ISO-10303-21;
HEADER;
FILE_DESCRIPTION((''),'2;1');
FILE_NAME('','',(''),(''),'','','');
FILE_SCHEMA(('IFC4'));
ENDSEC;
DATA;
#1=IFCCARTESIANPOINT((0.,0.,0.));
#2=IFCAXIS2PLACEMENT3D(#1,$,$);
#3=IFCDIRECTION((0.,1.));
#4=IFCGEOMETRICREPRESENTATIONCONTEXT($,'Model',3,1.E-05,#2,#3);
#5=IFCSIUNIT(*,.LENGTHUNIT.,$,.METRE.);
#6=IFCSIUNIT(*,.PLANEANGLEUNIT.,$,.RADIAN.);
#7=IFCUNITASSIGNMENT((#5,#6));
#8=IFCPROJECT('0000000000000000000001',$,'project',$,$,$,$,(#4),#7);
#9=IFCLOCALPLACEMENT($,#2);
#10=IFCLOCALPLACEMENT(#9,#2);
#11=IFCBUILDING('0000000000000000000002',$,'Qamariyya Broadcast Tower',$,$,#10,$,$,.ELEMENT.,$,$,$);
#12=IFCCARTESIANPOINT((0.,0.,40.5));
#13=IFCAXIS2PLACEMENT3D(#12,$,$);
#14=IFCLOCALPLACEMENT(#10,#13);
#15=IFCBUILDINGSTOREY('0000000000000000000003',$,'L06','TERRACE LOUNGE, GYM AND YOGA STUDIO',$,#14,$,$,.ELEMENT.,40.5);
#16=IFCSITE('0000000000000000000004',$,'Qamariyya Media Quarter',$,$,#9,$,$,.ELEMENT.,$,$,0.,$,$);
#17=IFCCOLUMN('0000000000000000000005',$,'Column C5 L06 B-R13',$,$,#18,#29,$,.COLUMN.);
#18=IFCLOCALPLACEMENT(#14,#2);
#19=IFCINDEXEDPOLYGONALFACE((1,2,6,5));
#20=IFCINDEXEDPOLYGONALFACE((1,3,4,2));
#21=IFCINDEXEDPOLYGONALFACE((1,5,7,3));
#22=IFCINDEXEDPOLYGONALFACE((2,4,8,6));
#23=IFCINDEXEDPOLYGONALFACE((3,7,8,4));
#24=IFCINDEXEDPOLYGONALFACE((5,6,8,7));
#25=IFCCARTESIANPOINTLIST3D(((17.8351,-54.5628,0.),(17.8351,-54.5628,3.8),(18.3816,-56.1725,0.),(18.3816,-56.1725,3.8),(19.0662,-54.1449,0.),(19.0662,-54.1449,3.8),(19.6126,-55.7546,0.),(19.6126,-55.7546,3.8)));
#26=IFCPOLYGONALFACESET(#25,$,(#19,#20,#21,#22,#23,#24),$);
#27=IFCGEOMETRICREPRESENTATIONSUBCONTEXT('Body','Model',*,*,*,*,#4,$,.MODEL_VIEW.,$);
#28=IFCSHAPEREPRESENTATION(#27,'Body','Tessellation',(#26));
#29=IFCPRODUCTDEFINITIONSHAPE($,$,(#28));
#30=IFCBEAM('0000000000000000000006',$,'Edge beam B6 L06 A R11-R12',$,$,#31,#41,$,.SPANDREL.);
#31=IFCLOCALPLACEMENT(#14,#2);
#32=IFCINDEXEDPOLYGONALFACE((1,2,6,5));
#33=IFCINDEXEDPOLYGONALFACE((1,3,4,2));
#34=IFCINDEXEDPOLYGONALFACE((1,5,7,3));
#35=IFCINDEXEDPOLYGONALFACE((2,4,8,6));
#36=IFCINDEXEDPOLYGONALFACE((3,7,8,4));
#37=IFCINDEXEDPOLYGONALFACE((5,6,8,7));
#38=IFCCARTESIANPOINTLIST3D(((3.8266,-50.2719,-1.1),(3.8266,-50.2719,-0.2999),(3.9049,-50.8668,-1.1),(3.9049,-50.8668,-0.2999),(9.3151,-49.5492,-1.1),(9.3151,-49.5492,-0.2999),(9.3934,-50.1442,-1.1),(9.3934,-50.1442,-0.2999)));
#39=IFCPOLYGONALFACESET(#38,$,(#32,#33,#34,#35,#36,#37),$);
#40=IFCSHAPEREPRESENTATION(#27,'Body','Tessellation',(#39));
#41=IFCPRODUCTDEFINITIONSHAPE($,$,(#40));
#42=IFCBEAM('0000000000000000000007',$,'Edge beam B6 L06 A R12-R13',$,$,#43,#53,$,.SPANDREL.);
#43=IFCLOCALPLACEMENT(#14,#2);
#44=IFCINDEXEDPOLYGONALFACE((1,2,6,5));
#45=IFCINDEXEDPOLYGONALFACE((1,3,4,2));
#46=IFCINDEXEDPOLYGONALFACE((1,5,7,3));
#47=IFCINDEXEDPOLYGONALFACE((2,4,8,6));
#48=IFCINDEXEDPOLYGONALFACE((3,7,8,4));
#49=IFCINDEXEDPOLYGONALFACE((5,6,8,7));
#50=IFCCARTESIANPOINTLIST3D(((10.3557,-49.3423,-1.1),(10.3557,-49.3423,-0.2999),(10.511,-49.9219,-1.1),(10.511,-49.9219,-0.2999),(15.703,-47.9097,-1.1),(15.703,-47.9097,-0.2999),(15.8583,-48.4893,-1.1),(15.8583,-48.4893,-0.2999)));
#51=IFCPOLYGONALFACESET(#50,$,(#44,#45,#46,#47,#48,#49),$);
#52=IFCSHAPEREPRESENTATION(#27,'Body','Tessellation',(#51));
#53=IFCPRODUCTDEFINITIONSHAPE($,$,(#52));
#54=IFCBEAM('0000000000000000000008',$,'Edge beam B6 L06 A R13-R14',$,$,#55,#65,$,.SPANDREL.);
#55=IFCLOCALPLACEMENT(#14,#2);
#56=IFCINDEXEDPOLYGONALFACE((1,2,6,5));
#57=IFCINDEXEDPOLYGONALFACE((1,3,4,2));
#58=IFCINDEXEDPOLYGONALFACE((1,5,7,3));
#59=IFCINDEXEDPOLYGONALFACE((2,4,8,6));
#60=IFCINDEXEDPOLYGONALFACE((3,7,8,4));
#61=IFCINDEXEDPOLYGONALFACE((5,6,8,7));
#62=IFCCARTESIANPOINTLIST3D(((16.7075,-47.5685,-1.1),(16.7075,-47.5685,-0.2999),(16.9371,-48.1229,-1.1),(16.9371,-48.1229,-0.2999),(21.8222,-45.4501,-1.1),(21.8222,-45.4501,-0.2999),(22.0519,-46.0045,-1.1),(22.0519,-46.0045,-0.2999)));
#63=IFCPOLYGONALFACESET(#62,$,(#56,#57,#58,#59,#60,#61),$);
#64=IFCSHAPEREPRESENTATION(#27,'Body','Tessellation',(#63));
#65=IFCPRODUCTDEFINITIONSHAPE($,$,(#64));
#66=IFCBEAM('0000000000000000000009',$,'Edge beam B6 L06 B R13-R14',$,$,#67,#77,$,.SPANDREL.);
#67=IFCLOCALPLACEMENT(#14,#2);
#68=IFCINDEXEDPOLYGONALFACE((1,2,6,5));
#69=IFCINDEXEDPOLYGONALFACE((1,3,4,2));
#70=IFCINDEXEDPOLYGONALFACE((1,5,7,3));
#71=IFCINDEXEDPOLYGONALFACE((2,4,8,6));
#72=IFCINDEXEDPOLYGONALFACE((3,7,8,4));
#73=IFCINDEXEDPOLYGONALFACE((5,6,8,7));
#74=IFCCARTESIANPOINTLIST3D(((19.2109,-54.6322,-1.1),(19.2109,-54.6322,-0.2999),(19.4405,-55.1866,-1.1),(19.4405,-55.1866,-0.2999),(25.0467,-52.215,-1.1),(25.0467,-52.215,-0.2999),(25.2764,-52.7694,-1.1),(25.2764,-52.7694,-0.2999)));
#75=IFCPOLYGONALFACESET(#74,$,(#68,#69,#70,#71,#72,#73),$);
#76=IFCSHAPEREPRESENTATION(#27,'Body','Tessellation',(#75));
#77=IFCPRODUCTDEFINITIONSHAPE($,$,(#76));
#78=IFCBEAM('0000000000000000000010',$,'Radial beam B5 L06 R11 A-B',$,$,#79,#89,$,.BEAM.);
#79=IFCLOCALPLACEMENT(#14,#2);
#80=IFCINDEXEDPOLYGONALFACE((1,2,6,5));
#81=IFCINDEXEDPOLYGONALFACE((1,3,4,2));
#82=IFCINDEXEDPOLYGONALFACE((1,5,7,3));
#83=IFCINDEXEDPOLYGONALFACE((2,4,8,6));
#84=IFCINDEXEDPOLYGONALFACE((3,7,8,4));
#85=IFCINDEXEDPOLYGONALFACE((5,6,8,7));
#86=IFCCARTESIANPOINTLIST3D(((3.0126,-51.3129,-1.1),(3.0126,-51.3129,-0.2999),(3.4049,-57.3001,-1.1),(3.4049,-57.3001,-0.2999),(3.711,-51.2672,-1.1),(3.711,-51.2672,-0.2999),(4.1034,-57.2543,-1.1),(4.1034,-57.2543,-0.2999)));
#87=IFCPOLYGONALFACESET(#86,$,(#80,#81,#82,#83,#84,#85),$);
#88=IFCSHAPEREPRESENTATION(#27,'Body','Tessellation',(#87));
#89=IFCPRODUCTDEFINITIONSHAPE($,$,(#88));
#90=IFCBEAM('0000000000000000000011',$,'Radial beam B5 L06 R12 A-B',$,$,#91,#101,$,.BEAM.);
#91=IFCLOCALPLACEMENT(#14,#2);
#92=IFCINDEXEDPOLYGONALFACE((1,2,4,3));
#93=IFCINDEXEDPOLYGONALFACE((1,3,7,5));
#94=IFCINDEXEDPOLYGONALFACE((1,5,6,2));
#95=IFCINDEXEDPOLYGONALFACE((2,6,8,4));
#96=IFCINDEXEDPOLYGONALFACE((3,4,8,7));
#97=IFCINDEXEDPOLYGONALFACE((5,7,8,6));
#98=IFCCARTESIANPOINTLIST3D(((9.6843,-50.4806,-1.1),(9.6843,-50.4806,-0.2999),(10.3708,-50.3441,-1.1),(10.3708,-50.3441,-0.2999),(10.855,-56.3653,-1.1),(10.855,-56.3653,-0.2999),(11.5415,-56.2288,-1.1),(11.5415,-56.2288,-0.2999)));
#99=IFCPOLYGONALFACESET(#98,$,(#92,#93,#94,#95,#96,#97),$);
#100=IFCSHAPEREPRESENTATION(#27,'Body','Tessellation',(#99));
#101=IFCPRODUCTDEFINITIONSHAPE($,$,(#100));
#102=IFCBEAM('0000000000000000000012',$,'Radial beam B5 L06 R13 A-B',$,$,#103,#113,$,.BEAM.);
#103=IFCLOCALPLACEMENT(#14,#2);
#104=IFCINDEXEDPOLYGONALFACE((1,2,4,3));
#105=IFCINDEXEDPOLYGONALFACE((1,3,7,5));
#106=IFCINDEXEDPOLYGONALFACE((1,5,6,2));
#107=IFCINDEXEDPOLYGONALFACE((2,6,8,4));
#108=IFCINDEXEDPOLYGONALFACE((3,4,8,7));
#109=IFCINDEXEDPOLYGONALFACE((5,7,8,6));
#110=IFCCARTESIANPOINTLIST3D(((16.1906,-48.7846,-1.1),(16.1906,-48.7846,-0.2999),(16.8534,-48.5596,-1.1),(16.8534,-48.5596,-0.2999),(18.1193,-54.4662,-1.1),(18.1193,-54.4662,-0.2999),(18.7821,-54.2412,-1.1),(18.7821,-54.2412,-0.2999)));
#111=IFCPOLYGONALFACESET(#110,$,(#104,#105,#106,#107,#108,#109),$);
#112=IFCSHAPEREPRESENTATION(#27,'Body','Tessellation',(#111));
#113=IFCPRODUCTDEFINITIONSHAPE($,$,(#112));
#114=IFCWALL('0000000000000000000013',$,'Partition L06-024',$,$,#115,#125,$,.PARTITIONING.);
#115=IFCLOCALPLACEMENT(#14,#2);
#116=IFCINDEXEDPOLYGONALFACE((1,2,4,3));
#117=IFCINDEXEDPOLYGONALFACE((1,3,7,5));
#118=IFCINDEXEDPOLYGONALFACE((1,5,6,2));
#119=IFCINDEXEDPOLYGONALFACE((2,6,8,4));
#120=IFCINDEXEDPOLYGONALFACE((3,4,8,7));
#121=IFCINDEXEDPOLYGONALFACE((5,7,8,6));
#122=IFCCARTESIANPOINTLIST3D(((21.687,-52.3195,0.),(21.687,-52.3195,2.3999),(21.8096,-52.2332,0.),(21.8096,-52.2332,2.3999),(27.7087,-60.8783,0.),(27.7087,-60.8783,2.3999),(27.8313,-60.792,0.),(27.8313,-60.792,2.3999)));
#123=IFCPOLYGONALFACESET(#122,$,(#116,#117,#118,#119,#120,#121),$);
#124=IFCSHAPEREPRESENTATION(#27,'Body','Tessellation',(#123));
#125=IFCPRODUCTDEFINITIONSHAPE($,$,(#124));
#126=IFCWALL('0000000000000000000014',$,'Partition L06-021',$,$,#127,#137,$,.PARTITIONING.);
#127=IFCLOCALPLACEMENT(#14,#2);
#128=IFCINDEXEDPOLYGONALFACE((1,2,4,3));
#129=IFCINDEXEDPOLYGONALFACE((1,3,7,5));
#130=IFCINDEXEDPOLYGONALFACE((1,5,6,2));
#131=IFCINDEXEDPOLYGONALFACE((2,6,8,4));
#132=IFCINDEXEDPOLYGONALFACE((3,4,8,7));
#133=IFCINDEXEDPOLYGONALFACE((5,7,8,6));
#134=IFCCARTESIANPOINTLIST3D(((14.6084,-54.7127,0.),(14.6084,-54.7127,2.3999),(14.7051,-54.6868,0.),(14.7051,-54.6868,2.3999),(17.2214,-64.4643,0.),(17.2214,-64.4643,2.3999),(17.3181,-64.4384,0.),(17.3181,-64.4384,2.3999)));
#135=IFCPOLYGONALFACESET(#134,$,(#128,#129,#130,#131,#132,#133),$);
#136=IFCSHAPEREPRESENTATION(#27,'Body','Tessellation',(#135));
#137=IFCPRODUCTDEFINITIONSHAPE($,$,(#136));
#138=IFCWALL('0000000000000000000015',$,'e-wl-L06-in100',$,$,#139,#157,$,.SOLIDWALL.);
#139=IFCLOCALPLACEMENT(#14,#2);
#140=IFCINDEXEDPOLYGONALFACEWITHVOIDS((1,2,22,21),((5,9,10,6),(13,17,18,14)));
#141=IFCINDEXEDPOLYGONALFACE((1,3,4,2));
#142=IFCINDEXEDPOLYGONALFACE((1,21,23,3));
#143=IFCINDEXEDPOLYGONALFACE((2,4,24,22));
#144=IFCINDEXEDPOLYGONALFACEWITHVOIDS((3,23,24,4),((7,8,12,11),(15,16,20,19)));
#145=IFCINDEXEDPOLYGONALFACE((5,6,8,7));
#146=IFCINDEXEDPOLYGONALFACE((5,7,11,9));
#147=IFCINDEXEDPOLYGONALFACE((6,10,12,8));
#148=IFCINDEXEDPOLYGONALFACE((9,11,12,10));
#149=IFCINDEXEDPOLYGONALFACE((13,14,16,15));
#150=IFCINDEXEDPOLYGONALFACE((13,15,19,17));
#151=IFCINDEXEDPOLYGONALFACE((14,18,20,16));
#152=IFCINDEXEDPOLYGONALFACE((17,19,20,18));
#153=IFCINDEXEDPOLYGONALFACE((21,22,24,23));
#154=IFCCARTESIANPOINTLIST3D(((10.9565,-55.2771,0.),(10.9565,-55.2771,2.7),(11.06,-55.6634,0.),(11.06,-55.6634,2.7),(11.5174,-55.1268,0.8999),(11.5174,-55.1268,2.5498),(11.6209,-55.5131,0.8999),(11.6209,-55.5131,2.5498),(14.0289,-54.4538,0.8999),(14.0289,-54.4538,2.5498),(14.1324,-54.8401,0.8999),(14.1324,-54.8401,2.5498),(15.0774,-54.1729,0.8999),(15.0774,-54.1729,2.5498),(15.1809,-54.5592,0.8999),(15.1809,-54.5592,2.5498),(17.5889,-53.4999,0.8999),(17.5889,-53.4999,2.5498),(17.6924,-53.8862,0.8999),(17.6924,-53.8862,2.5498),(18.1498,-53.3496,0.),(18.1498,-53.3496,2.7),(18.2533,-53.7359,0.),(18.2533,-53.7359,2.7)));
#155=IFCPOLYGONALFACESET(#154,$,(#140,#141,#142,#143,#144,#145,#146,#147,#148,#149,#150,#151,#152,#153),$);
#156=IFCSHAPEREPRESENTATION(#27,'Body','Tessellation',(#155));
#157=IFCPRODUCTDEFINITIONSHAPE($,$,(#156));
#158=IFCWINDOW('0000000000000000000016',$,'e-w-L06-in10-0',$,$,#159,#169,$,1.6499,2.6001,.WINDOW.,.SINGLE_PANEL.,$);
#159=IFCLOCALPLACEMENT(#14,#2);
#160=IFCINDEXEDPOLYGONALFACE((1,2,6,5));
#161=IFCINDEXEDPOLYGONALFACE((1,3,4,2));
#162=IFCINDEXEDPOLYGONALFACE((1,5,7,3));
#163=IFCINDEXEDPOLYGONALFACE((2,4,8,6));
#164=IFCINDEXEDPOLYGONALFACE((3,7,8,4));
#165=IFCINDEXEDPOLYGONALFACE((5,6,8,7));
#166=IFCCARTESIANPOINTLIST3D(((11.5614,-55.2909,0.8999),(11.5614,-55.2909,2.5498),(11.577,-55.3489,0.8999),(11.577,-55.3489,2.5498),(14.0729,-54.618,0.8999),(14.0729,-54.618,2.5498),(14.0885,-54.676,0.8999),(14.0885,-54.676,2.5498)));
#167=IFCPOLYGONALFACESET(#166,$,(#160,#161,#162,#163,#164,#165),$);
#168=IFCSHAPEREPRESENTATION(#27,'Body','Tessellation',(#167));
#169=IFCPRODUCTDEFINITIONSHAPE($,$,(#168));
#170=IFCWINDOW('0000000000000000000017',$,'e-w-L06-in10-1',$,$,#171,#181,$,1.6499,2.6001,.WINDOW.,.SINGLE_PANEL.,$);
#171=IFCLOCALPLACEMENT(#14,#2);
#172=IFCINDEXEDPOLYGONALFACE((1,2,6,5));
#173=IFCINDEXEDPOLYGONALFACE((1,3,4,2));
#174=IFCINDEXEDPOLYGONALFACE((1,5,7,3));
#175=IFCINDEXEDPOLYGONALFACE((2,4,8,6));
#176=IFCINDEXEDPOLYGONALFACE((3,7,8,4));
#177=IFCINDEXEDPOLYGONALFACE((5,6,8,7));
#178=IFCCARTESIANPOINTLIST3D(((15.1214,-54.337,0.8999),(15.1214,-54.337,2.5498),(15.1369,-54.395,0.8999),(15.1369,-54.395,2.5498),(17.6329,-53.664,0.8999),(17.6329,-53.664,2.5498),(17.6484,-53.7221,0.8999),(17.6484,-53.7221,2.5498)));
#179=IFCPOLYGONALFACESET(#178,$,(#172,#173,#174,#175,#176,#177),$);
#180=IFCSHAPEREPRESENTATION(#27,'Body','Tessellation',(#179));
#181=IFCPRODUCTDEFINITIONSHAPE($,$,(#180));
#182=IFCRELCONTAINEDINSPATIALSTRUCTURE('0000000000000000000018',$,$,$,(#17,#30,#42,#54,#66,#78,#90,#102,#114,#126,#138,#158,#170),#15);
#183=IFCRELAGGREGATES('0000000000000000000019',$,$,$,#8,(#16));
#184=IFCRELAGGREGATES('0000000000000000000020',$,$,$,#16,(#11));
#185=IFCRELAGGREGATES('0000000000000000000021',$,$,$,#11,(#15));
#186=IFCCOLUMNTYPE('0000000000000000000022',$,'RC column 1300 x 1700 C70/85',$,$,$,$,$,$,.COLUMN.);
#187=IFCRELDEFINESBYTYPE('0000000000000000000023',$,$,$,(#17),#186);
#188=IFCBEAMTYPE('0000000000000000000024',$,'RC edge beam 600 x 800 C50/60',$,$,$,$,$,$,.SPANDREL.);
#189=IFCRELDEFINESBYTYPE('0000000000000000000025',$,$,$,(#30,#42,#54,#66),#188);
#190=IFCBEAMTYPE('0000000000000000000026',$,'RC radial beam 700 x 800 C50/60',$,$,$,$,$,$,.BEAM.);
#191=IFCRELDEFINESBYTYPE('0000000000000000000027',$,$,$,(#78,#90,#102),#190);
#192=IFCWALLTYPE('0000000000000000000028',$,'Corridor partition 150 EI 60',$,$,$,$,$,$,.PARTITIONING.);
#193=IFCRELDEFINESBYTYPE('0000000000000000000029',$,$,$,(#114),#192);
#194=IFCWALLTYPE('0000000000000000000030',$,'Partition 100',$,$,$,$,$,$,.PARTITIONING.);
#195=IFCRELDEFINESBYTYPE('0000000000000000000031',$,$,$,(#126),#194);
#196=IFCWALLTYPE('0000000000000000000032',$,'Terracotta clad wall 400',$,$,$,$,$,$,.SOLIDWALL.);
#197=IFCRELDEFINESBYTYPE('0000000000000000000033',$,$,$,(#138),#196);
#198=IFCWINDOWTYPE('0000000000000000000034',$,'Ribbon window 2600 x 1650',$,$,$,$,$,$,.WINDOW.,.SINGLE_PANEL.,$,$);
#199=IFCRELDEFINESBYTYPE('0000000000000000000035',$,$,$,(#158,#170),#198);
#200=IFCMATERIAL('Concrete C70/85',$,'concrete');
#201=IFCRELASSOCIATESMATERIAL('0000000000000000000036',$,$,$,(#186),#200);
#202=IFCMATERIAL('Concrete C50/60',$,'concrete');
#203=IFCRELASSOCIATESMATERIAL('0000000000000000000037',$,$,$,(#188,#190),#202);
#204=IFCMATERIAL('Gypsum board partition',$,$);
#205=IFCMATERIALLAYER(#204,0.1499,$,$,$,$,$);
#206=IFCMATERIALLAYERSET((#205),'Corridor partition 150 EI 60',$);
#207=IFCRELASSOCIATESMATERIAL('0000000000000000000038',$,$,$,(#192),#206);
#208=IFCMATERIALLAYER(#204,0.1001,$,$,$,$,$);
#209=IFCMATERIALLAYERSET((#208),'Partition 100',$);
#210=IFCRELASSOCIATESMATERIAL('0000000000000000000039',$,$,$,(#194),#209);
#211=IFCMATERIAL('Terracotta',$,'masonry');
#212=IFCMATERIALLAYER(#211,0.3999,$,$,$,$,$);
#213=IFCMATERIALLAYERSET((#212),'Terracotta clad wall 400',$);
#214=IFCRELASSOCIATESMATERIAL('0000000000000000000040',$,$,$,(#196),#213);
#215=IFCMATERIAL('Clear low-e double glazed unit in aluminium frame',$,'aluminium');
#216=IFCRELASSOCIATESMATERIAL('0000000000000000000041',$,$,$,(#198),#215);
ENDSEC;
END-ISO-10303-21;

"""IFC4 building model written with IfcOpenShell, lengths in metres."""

from ifc_helpers import new_model, si_unit, direction, frame, frame_2d, origin, origin_2d, place, context, subcontext, project, spatial, rectangle, extrude, material, layer, layer_set, material_profile, profile_set, type_object, element, fill, save


model = new_model("IFC4")

# Units and contexts
model_context = context("Model", 3, precision=1e-05, world=origin(), true_north=direction((0.0, 1.0)))
body_context = subcontext(model_context, "Body", "Model", "MODEL_VIEW")
ifc_project = project(units=[si_unit("LENGTHUNIT", "METRE"), si_unit("PLANEANGLEUNIT", "RADIAN")], contexts=[model_context])

# Site, building, storey
site_placement = place(None, origin())
site = spatial("IfcSite", under=ifc_project, at=site_placement, Name="Qamariyya Media Quarter", CompositionType="ELEMENT", RefElevation=0.0)
building_placement = place(site_placement, origin())
building = spatial("IfcBuilding", under=site, at=building_placement, Name="Qamariyya Broadcast Tower", CompositionType="ELEMENT")
storey_placement = place(building_placement, frame((0.0, 0.0, 40.5)))
storey = spatial("IfcBuildingStorey", under=building, at=storey_placement, Name="L06", Description="TERRACE LOUNGE, GYM AND YOGA STUDIO", CompositionType="ELEMENT", Elevation=40.5)

# Column
ifc_material_1 = material(Name="Concrete C70/85", Category="concrete")
ifc_material_profile_1 = material_profile(ifc_material_1, rectangle(XDim=1.3, YDim=1.7, at=origin_2d()))
ifc_profile_set_1 = profile_set([ifc_material_profile_1], Name="Concrete C70/85")
column_type = type_object("IfcColumnType", Name="RC column 1300 x 1700 C70/85", PredefinedType="COLUMN", material=ifc_profile_set_1)
column_placement = place(storey_placement, frame((18.7239, -55.1587, 0.0), z_axis=(0.0, 0.0, 1.0), x_axis=(0.94693, 0.321439, 0.0)))
element("IfcColumn", 1, at=column_placement, inside=storey, type_object=column_type, Name="Column C5 L06 B-R13", PredefinedType="COLUMN", context=body_context, shape_type="SweptSolid", body=[
    extrude(rectangle(XDim=1.3, YDim=1.7, at=origin_2d()), origin(), (0.0, 0.0, 1.0), 3.8),
])

# Beams
ifc_material_2 = material(Name="Concrete C50/60", Category="concrete")
ifc_material_profile_2 = material_profile(ifc_material_2, rectangle(XDim=0.6001, YDim=0.8, at=origin_2d()))
ifc_profile_set_2 = profile_set([ifc_material_profile_2], Name="Concrete C50/60")
beam_type_1 = type_object("IfcBeamType", Name="RC edge beam 600 x 800 C50/60", PredefinedType="SPANDREL", material=ifc_profile_set_2)
for number, where, z_axis, x_axis, name in (
    (2, (3.8657, -50.5693, -0.7), (0.991443, 0.13054, 0.0), (-0.13054, 0.991443, 0.0), "Edge beam B6 L06 A R11-R12"),
    (3, (10.4333, -49.6321, -0.7), (0.965936, 0.258782, 0.0), (-0.258782, 0.965936, 0.0), "Edge beam B6 L06 A R12-R13"),
):
    element("IfcBeam", number, at=place(storey_placement, frame(where, z_axis=z_axis, x_axis=x_axis)), inside=storey, type_object=beam_type_1, Name=name, PredefinedType="SPANDREL", context=body_context, shape_type="SweptSolid", body=[
        extrude(rectangle(XDim=0.6001, YDim=0.8, at=origin_2d()), origin(), (0.0, 0.0, 1.0), 5.5359),
    ])
beam_1_placement = place(storey_placement, frame((16.8223, -47.8457, -0.7), z_axis=(0.923892, 0.382654, 0.0), x_axis=(-0.382654, 0.923892, 0.0)))
element("IfcBeam", 4, at=beam_1_placement, inside=storey, type_object=beam_type_1, Name="Edge beam B6 L06 A R13-R14", PredefinedType="SPANDREL", context=body_context, shape_type="SweptSolid", body=[
    extrude(rectangle(XDim=0.6001, YDim=0.8, at=origin_2d()), origin(), (0.0, 0.0, 1.0), 5.5361),
])
beam_2_placement = place(storey_placement, frame((19.3257, -54.9094, -0.7), z_axis=(0.923884, 0.382672, 0.0), x_axis=(-0.382672, 0.923884, 0.0)))
element("IfcBeam", 5, at=beam_2_placement, inside=storey, type_object=beam_type_1, Name="Edge beam B6 L06 B R13-R14", PredefinedType="SPANDREL", context=body_context, shape_type="SweptSolid", body=[
    extrude(rectangle(XDim=0.6001, YDim=0.8, at=origin_2d()), origin(), (0.0, 0.0, 1.0), 6.3167),
])
ifc_material_profile_3 = material_profile(ifc_material_2, rectangle(XDim=0.7, YDim=0.8, at=origin_2d()))
ifc_profile_set_3 = profile_set([ifc_material_profile_3], Name="Concrete C50/60")
beam_type_2 = type_object("IfcBeamType", Name="RC radial beam 700 x 800 C50/60", PredefinedType="BEAM", material=ifc_profile_set_3)
for number, where, z_axis, x_axis, name in (
    (6, (3.3618, -51.29, -0.7), (0.06539, -0.99786, 0.0), (0.99786, 0.06539, 0.0), "Radial beam B5 L06 R11 A-B"),
    (7, (10.0276, -50.4124, -0.7), (0.195107, -0.980782, 0.0), (0.980782, 0.195107, 0.0), "Radial beam B5 L06 R12 A-B"),
    (8, (16.522, -48.6721, -0.7), (0.321448, -0.946927, 0.0), (0.946927, 0.321448, 0.0), "Radial beam B5 L06 R13 A-B"),
):
    element("IfcBeam", number, at=place(storey_placement, frame(where, z_axis=z_axis, x_axis=x_axis)), inside=storey, type_object=beam_type_2, Name=name, PredefinedType="BEAM", context=body_context, shape_type="SweptSolid", body=[
        extrude(rectangle(XDim=0.7, YDim=0.8, at=origin_2d()), origin(), (0.0, 0.0, 1.0), 6.0),
    ])

# Walls
ifc_material_3 = material(Name="Gypsum board partition")
ifc_layer_1 = layer(ifc_material_3, 0.1499)
ifc_layer_set_1 = layer_set([ifc_layer_1], Name="Corridor partition 150 EI 60")
wall_type_1 = type_object("IfcWallType", Name="Corridor partition 150 EI 60", PredefinedType="PARTITIONING", material=ifc_layer_set_1)
wall_1_placement = place(storey_placement, frame((21.7483, -52.2764, 0.0), z_axis=(0.0, 0.0, 1.0), x_axis=(0.575419, -0.817858, 0.0)))
element("IfcWall", 9, at=wall_1_placement, inside=storey, type_object=wall_type_1, Name="Partition L06-024", PredefinedType="PARTITIONING", context=body_context, shape_type="SweptSolid", body=[
    extrude(rectangle(XDim=10.4648, YDim=0.1499, at=frame_2d((5.2324, 0.0))), origin(), (0.0, 0.0, 1.0), 2.3999),
])
ifc_layer_2 = layer(ifc_material_3, 0.1001)
ifc_layer_set_2 = layer_set([ifc_layer_2], Name="Partition 100")
wall_type_2 = type_object("IfcWallType", Name="Partition 100", PredefinedType="PARTITIONING", material=ifc_layer_set_2)
wall_2_placement = place(storey_placement, frame((14.6567, -54.6997, 0.0), z_axis=(0.0, 0.0, 1.0), x_axis=(0.258826, -0.965924, 0.0)))
element("IfcWall", 10, at=wall_2_placement, inside=storey, type_object=wall_type_2, Name="Partition L06-021", PredefinedType="PARTITIONING", context=body_context, shape_type="SweptSolid", body=[
    extrude(rectangle(XDim=10.0957, YDim=0.1001, at=frame_2d((5.0479, 0.0))), origin(), (0.0, 0.0, 1.0), 2.3999),
])

# Wall, openings, windows
ifc_material_4 = material(Name="Terracotta", Category="masonry")
ifc_layer_3 = layer(ifc_material_4, 0.3999)
ifc_layer_set_3 = layer_set([ifc_layer_3], Name="Terracotta clad wall 400")
wall_type_3 = type_object("IfcWallType", Name="Terracotta clad wall 400", PredefinedType="SOLIDWALL", material=ifc_layer_set_3)
wall_3_placement = place(storey_placement, frame((18.2017, -53.5427, 0.0), z_axis=(0.0, 0.0, 1.0), x_axis=(-0.965925, -0.258823, 0.0)))
wall_3 = element("IfcWall", 11, at=wall_3_placement, inside=storey, type_object=wall_type_3, Name="e-wl-L06-in100", PredefinedType="SOLIDWALL", context=body_context, shape_type="SweptSolid", body=[
    extrude(rectangle(XDim=7.447, YDim=0.3999, at=frame_2d((3.7236, 0.0))), origin(), (0.0, 0.0, 1.0), 2.7),
])
opening_1_placement = place(wall_3_placement, frame((4.2664, 0.0, 0.8999)))
opening_1 = element("IfcOpeningElement", 12, at=opening_1_placement, cuts=wall_3, PredefinedType="OPENING", context=body_context, shape_type="SweptSolid", body=[
    extrude(rectangle(XDim=2.6001, YDim=1.6499, at=frame_2d((1.3, 0.825))), frame((0.0, 0.21, 0.0), z_axis=(0.0, -1.0, 0.0), x_axis=(1.0, 0.0, 0.0)), (0.0, 0.0, 1.0), 0.4199),
])
opening_2_placement = place(wall_3_placement, frame((0.5808, 0.0, 0.8999)))
opening_2 = element("IfcOpeningElement", 13, at=opening_2_placement, cuts=wall_3, PredefinedType="OPENING", context=body_context, shape_type="SweptSolid", body=[
    extrude(rectangle(XDim=2.6001, YDim=1.6499, at=frame_2d((1.3, 0.825))), frame((0.0, 0.21, 0.0), z_axis=(0.0, -1.0, 0.0), x_axis=(1.0, 0.0, 0.0)), (0.0, 0.0, 1.0), 0.4199),
])
ifc_material_5 = material(Name="Clear low-e double glazed unit in aluminium frame", Category="aluminium")
window_type = type_object("IfcWindowType", Name="Ribbon window 2600 x 1650", PartitioningType="SINGLE_PANEL", PredefinedType="WINDOW", material=ifc_material_5)
window_1_placement = place(opening_1_placement, origin())
window_1 = element("IfcWindow", 14, at=window_1_placement, inside=storey, type_object=window_type, Name="e-w-L06-in10-0", OverallHeight=1.6499, OverallWidth=2.6001, PartitioningType="SINGLE_PANEL", PredefinedType="WINDOW", context=body_context, shape_type="SweptSolid", body=[
    extrude(rectangle(XDim=2.6001, YDim=1.6499, at=frame_2d((1.3, 0.825))), frame((0.0, 0.03, 0.0), z_axis=(0.0, -1.0, 0.0), x_axis=(1.0, 0.0, 0.0)), (0.0, 0.0, 1.0), 0.0601),
])
fill(opening_1, window_1)
window_2_placement = place(opening_2_placement, origin())
window_2 = element("IfcWindow", 15, at=window_2_placement, inside=storey, type_object=window_type, Name="e-w-L06-in10-1", OverallHeight=1.6499, OverallWidth=2.6001, PartitioningType="SINGLE_PANEL", PredefinedType="WINDOW", context=body_context, shape_type="SweptSolid", body=[
    extrude(rectangle(XDim=2.6001, YDim=1.6499, at=frame_2d((1.3, 0.825))), frame((0.0, 0.03, 0.0), z_axis=(0.0, -1.0, 0.0), x_axis=(1.0, 0.0, 0.0)), (0.0, 0.0, 1.0), 0.0601),
])
fill(opening_2, window_2)

save(model, "model.ifc")
